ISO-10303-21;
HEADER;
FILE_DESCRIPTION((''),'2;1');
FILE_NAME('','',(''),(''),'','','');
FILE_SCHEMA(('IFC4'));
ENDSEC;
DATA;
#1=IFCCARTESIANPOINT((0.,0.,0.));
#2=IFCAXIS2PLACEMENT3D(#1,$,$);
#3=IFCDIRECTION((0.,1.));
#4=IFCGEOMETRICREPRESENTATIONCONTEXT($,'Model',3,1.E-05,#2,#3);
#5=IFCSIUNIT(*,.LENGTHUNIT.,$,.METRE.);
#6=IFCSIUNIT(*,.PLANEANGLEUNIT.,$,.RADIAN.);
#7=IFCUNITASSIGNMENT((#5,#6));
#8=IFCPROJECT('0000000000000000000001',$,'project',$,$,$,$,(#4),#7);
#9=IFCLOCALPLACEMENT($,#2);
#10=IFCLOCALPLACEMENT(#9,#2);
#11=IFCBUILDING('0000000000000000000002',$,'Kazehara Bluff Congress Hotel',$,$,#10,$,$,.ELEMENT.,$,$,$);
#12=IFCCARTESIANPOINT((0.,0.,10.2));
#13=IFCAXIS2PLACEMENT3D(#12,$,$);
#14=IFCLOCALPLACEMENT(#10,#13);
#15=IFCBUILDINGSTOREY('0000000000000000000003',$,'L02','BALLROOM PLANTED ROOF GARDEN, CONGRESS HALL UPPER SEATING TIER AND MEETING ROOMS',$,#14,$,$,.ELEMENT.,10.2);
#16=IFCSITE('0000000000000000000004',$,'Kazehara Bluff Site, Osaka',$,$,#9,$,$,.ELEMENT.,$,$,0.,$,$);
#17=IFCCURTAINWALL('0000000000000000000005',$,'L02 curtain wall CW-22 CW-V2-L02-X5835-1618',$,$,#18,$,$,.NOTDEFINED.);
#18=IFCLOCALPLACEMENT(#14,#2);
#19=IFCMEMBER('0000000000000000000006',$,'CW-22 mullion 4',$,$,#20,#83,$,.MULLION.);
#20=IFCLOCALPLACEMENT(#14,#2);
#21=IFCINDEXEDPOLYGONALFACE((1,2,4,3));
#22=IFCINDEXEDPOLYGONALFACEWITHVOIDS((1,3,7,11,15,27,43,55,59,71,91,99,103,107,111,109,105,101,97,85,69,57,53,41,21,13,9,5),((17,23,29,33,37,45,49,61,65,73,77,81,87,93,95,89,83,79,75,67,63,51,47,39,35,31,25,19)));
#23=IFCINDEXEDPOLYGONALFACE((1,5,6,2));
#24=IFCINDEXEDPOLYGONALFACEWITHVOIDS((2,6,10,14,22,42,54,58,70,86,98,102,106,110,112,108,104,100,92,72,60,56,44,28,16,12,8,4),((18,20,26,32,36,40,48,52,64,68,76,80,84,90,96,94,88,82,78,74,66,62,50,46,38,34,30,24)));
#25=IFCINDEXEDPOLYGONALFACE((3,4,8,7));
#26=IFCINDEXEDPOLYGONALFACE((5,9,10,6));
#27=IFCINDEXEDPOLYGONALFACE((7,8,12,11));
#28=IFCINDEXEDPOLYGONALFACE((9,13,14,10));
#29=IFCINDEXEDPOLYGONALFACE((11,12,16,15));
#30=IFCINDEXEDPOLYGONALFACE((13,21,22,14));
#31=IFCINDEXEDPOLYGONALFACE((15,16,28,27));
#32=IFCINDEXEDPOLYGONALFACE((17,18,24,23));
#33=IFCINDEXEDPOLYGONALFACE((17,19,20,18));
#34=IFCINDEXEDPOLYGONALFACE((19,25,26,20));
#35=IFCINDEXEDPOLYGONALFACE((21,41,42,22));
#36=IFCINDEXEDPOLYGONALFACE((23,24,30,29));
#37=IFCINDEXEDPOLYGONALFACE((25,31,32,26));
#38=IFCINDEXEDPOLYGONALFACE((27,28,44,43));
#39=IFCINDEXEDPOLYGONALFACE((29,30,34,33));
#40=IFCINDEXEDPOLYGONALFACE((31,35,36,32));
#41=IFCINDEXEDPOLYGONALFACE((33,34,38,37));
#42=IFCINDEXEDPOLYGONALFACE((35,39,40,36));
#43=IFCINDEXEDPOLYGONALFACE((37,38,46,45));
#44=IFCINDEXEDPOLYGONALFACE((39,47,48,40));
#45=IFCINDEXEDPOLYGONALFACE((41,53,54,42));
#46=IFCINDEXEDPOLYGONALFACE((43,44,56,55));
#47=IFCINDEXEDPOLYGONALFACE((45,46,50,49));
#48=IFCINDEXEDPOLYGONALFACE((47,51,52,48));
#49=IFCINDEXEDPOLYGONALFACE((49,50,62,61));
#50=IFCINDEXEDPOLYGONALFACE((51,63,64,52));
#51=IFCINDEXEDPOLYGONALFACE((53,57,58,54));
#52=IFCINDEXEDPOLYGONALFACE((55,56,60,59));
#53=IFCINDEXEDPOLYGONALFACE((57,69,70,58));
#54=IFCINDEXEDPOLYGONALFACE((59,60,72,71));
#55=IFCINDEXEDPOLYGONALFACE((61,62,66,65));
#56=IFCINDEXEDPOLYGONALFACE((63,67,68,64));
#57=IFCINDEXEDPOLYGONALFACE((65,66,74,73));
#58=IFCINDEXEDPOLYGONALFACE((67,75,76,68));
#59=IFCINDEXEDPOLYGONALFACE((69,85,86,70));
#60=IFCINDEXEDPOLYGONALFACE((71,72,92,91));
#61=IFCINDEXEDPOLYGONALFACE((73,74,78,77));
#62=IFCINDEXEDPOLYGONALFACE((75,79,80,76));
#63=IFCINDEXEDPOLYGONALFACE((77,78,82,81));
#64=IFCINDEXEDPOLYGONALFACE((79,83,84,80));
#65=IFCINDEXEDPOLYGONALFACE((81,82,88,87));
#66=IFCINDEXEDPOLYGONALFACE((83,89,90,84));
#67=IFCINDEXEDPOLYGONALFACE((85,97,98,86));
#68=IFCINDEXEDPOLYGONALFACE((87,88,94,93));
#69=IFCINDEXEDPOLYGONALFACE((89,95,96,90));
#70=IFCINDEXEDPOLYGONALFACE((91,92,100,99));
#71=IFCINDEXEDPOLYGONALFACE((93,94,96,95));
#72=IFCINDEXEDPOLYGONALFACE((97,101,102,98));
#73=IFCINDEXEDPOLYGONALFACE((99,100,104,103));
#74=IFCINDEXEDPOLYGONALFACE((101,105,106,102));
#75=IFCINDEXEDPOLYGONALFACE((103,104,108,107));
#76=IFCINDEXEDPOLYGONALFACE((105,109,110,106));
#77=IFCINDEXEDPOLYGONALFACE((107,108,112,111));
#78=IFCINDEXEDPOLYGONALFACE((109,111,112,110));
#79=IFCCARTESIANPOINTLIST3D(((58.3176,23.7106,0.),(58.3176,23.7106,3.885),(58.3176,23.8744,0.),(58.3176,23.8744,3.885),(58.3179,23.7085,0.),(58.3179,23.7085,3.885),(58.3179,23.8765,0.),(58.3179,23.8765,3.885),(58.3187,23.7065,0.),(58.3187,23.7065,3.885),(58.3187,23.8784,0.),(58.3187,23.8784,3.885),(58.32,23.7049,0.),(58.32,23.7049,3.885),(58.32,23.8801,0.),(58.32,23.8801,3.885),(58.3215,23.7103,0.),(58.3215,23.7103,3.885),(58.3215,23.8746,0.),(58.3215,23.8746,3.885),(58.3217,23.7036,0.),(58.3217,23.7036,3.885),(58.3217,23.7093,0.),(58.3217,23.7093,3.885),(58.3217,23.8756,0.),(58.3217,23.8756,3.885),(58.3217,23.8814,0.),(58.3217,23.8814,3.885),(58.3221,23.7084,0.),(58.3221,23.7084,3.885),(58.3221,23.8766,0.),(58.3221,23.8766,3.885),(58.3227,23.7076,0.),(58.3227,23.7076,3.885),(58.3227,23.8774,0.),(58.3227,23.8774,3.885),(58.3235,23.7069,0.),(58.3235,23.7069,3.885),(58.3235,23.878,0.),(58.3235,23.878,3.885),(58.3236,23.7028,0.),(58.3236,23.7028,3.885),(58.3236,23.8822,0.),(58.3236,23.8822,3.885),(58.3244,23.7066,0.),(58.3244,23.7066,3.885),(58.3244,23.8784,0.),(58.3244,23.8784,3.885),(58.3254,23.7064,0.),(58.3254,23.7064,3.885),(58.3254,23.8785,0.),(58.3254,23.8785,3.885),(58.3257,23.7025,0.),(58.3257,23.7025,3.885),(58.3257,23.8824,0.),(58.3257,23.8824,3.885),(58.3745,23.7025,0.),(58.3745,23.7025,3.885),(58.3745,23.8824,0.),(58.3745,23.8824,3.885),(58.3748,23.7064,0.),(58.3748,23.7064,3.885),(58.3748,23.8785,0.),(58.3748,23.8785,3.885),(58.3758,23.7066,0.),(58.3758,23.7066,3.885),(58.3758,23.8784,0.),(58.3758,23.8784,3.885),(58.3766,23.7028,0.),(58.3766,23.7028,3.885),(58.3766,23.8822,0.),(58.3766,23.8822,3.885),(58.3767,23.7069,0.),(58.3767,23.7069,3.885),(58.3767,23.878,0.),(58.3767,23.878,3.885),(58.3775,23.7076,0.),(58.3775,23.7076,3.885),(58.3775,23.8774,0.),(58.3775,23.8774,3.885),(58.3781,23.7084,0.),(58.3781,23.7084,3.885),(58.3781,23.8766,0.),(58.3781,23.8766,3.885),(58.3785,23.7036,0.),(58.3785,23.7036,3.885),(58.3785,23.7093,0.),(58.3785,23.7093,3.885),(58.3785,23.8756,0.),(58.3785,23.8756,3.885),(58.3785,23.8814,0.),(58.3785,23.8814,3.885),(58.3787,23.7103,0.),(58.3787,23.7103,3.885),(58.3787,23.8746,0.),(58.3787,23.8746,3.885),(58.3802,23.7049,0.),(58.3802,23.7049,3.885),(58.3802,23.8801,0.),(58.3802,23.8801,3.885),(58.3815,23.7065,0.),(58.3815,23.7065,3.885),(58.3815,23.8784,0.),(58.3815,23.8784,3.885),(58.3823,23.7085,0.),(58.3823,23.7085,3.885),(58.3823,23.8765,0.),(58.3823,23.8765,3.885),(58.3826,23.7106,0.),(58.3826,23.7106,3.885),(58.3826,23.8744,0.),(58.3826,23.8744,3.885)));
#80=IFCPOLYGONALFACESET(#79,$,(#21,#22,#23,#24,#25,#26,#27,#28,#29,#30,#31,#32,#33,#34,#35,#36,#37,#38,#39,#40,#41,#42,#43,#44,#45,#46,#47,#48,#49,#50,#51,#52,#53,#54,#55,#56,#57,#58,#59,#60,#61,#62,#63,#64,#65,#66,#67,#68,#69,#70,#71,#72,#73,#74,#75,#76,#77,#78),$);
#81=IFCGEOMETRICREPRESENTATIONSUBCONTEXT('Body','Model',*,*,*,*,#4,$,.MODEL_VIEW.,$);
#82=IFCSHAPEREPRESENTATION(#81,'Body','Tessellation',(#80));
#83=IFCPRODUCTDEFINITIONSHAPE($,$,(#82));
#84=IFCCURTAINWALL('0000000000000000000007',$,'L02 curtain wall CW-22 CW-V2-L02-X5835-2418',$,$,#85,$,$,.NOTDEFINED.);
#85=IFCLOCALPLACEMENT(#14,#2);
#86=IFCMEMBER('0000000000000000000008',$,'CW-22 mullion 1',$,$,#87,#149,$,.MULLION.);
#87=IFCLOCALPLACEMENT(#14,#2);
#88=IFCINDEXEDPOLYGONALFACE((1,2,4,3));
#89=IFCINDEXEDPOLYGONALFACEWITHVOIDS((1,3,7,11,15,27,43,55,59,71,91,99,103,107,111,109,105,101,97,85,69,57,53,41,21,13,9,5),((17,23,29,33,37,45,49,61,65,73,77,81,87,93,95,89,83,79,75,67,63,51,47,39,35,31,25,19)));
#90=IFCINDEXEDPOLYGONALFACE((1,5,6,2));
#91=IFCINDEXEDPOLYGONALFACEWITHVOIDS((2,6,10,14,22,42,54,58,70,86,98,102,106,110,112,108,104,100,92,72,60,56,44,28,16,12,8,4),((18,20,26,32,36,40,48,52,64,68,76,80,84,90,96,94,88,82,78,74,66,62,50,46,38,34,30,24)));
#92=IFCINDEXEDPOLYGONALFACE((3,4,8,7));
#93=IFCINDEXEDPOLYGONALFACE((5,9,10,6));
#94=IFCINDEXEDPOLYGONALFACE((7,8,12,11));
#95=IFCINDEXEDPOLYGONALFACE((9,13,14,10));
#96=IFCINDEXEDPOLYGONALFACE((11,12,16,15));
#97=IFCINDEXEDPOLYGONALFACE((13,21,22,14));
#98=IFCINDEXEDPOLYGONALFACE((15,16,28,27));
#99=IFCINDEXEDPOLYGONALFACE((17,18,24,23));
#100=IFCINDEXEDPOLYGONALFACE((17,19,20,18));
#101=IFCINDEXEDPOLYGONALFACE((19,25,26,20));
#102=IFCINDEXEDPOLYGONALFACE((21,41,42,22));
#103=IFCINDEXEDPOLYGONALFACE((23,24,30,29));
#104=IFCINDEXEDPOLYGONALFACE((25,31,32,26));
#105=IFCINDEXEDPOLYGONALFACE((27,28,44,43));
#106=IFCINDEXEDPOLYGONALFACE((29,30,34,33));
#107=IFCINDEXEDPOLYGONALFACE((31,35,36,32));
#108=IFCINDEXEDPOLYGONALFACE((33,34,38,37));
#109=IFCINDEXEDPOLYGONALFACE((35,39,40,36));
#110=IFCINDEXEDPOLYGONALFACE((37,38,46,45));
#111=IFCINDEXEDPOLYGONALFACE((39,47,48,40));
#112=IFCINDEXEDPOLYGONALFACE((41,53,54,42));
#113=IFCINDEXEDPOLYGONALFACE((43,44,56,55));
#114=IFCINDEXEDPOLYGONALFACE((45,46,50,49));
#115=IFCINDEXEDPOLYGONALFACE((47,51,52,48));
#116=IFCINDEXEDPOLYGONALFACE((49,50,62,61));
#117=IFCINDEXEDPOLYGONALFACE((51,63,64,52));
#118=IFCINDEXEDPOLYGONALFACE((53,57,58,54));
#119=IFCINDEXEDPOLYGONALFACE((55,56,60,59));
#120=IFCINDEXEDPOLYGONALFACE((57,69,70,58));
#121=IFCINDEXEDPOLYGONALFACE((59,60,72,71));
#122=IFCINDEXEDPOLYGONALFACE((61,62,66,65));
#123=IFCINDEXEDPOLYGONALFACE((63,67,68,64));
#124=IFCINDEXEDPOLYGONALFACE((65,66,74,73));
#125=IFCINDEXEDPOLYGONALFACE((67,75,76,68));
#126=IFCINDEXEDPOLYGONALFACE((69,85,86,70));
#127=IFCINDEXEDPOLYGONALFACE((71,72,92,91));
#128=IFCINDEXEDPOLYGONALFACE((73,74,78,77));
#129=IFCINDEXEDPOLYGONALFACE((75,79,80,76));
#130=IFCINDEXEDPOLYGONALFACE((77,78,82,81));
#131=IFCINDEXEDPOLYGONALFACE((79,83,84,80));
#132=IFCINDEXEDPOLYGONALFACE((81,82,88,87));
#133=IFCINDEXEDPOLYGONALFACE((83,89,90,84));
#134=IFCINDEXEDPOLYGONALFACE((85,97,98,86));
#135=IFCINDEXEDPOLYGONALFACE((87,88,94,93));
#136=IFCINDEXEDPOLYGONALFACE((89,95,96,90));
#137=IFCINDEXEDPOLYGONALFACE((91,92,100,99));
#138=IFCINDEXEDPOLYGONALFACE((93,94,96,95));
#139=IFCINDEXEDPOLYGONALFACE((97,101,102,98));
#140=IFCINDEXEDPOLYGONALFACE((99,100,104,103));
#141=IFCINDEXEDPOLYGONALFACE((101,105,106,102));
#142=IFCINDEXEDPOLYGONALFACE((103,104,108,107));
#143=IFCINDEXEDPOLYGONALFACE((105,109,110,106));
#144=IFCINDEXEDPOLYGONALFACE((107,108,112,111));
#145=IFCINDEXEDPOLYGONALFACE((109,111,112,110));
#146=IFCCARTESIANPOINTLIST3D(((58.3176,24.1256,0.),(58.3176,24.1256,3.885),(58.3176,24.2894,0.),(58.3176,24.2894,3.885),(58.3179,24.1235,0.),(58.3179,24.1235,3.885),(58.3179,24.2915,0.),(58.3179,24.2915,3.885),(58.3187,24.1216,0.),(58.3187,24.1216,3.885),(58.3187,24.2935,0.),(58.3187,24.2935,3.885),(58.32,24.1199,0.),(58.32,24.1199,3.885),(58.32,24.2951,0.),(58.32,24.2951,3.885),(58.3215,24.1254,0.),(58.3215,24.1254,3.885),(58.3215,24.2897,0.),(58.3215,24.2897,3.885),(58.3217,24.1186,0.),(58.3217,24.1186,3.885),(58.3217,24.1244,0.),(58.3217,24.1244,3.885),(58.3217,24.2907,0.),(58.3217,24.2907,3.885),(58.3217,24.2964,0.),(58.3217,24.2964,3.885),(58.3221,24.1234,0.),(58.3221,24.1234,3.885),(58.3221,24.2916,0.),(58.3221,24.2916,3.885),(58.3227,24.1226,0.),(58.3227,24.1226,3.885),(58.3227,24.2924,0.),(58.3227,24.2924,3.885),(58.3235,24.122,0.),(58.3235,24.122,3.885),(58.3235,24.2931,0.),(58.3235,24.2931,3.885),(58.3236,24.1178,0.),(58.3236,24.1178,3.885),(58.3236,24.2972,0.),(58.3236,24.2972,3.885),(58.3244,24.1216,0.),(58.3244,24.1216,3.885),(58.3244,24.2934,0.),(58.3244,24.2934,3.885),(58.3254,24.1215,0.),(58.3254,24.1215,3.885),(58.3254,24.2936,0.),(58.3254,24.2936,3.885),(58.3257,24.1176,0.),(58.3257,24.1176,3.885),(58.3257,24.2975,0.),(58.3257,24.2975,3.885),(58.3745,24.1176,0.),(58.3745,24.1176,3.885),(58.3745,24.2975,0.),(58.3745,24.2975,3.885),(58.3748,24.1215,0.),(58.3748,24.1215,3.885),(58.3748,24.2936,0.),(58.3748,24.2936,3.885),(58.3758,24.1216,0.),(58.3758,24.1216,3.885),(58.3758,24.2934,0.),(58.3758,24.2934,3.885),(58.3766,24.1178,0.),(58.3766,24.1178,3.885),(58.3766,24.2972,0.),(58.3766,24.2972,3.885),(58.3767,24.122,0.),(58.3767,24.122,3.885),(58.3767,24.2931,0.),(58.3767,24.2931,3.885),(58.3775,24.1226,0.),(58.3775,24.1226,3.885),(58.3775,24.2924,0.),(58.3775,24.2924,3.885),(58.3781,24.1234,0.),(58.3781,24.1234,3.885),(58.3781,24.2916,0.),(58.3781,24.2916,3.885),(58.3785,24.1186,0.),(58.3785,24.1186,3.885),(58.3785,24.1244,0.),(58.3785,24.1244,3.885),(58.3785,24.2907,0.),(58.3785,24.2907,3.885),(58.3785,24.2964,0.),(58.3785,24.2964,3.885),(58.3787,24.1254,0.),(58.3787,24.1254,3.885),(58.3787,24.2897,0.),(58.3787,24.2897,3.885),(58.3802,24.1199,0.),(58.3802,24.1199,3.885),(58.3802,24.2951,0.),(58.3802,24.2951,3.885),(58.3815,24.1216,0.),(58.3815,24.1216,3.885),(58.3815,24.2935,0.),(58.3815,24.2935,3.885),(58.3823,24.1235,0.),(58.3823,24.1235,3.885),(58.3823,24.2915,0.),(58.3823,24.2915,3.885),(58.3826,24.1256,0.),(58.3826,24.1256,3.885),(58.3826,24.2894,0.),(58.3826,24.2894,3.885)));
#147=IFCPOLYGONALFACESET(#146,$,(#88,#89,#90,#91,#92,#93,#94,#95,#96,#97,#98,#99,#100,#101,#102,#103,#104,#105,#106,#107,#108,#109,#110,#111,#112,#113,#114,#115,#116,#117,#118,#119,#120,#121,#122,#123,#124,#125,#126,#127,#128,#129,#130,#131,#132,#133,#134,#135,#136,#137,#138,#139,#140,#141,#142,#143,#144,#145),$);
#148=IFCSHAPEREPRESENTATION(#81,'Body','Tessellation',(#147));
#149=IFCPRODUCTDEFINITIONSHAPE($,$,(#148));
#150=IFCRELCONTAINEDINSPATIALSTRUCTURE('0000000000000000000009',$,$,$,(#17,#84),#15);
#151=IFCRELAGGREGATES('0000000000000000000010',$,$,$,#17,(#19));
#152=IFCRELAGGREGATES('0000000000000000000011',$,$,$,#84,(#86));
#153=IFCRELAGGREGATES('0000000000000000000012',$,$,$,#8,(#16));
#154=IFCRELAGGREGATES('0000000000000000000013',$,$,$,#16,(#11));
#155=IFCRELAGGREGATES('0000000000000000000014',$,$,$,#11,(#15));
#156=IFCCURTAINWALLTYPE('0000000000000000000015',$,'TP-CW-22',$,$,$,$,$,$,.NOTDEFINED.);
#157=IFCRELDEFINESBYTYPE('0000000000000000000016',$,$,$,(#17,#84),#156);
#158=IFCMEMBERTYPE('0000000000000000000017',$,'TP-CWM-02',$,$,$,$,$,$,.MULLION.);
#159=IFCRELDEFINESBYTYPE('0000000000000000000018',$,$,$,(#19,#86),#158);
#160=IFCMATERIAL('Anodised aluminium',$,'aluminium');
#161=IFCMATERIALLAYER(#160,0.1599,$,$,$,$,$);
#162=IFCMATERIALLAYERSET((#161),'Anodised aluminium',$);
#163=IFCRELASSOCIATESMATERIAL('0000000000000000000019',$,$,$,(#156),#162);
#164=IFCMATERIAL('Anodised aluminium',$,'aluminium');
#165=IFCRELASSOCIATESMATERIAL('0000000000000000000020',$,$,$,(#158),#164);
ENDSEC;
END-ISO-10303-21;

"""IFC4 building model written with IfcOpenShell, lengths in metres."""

from ifc_helpers import new_model, si_unit, direction, frame, origin, origin_2d, place, context, subcontext, project, spatial, hollow_rectangle, extrude, material, layer, layer_set, material_profile, profile_set, type_object, element, aggregate, save


model = new_model("IFC4")

# Units and contexts
model_context = context("Model", 3, precision=1e-05, world=origin(), true_north=direction((0.0, 1.0)))
body_context = subcontext(model_context, "Body", "Model", "MODEL_VIEW")
ifc_project = project(units=[si_unit("LENGTHUNIT", "METRE"), si_unit("PLANEANGLEUNIT", "RADIAN")], contexts=[model_context])

# Site, building, storey
site_placement = place(None, origin())
site = spatial("IfcSite", under=ifc_project, at=site_placement, Name="Kazehara Bluff Site, Osaka", CompositionType="ELEMENT", RefElevation=0.0)
building_placement = place(site_placement, origin())
building = spatial("IfcBuilding", under=site, at=building_placement, Name="Kazehara Bluff Congress Hotel", CompositionType="ELEMENT")
storey_placement = place(building_placement, frame((0.0, 0.0, 10.2)))
storey = spatial("IfcBuildingStorey", under=building, at=storey_placement, Name="L02", Description="BALLROOM PLANTED ROOF GARDEN, CONGRESS HALL UPPER SEATING TIER AND MEETING ROOMS", CompositionType="ELEMENT", Elevation=10.2)

# Curtain wall, member
ifc_material_1 = material(Name="Anodised aluminium", Category="aluminium")
ifc_layer_1 = layer(ifc_material_1, 0.1599)
ifc_layer_set_1 = layer_set([ifc_layer_1], Name="Anodised aluminium")
curtain_wall_type = type_object("IfcCurtainWallType", Name="TP-CW-22", PredefinedType="NOTDEFINED", material=ifc_layer_set_1)
curtain_wall_1_placement = place(storey_placement, origin())
curtain_wall_1 = element("IfcCurtainWall", 1, at=curtain_wall_1_placement, inside=storey, type_object=curtain_wall_type, Name="L02 curtain wall CW-22 CW-V2-L02-X5835-1618", PredefinedType="NOTDEFINED")
ifc_material_2 = material(Name="Anodised aluminium", Category="aluminium")
ifc_material_profile_1 = material_profile(ifc_material_2, hollow_rectangle(XDim=0.0649, YDim=0.1799, WallThickness=0.0039, InnerFilletRadius=0.0039, OuterFilletRadius=0.0081, at=origin_2d()))
ifc_profile_set_1 = profile_set([ifc_material_profile_1], Name="Anodised aluminium")
member_type_1 = type_object("IfcMemberType", Name="TP-CWM-02", PredefinedType="MULLION", material=ifc_profile_set_1)
member_1_placement = place(storey_placement, frame((58.3501, 23.7925, 0.0), z_axis=(0.0, 0.0, 1.0), x_axis=(-1.0, 0.0, 0.0)))
member_1 = element("IfcMember", 2, at=member_1_placement, type_object=member_type_1, Name="CW-22 mullion 4", PredefinedType="MULLION", context=body_context, shape_type="SweptSolid", body=[
    extrude(hollow_rectangle(XDim=0.0649, YDim=0.1799, WallThickness=0.0039, InnerFilletRadius=0.0039, OuterFilletRadius=0.0081, at=origin_2d()), origin(), (0.0, 0.0, 1.0), 3.885),
])

# Curtain wall, member
curtain_wall_2_placement = place(storey_placement, origin())
curtain_wall_2 = element("IfcCurtainWall", 3, at=curtain_wall_2_placement, inside=storey, type_object=curtain_wall_type, Name="L02 curtain wall CW-22 CW-V2-L02-X5835-2418", PredefinedType="NOTDEFINED")
member_2_placement = place(storey_placement, frame((58.3501, 24.2075, 0.0), z_axis=(0.0, 0.0, 1.0), x_axis=(-1.0, 0.0, 0.0)))
member_2 = element("IfcMember", 4, at=member_2_placement, type_object=member_type_1, Name="CW-22 mullion 1", PredefinedType="MULLION", context=body_context, shape_type="SweptSolid", body=[
    extrude(hollow_rectangle(XDim=0.0649, YDim=0.1799, WallThickness=0.0039, InnerFilletRadius=0.0039, OuterFilletRadius=0.0081, at=origin_2d()), origin(), (0.0, 0.0, 1.0), 3.885),
])

aggregate(curtain_wall_1, [member_1])
aggregate(curtain_wall_2, [member_2])

save(model, "model.ifc")
